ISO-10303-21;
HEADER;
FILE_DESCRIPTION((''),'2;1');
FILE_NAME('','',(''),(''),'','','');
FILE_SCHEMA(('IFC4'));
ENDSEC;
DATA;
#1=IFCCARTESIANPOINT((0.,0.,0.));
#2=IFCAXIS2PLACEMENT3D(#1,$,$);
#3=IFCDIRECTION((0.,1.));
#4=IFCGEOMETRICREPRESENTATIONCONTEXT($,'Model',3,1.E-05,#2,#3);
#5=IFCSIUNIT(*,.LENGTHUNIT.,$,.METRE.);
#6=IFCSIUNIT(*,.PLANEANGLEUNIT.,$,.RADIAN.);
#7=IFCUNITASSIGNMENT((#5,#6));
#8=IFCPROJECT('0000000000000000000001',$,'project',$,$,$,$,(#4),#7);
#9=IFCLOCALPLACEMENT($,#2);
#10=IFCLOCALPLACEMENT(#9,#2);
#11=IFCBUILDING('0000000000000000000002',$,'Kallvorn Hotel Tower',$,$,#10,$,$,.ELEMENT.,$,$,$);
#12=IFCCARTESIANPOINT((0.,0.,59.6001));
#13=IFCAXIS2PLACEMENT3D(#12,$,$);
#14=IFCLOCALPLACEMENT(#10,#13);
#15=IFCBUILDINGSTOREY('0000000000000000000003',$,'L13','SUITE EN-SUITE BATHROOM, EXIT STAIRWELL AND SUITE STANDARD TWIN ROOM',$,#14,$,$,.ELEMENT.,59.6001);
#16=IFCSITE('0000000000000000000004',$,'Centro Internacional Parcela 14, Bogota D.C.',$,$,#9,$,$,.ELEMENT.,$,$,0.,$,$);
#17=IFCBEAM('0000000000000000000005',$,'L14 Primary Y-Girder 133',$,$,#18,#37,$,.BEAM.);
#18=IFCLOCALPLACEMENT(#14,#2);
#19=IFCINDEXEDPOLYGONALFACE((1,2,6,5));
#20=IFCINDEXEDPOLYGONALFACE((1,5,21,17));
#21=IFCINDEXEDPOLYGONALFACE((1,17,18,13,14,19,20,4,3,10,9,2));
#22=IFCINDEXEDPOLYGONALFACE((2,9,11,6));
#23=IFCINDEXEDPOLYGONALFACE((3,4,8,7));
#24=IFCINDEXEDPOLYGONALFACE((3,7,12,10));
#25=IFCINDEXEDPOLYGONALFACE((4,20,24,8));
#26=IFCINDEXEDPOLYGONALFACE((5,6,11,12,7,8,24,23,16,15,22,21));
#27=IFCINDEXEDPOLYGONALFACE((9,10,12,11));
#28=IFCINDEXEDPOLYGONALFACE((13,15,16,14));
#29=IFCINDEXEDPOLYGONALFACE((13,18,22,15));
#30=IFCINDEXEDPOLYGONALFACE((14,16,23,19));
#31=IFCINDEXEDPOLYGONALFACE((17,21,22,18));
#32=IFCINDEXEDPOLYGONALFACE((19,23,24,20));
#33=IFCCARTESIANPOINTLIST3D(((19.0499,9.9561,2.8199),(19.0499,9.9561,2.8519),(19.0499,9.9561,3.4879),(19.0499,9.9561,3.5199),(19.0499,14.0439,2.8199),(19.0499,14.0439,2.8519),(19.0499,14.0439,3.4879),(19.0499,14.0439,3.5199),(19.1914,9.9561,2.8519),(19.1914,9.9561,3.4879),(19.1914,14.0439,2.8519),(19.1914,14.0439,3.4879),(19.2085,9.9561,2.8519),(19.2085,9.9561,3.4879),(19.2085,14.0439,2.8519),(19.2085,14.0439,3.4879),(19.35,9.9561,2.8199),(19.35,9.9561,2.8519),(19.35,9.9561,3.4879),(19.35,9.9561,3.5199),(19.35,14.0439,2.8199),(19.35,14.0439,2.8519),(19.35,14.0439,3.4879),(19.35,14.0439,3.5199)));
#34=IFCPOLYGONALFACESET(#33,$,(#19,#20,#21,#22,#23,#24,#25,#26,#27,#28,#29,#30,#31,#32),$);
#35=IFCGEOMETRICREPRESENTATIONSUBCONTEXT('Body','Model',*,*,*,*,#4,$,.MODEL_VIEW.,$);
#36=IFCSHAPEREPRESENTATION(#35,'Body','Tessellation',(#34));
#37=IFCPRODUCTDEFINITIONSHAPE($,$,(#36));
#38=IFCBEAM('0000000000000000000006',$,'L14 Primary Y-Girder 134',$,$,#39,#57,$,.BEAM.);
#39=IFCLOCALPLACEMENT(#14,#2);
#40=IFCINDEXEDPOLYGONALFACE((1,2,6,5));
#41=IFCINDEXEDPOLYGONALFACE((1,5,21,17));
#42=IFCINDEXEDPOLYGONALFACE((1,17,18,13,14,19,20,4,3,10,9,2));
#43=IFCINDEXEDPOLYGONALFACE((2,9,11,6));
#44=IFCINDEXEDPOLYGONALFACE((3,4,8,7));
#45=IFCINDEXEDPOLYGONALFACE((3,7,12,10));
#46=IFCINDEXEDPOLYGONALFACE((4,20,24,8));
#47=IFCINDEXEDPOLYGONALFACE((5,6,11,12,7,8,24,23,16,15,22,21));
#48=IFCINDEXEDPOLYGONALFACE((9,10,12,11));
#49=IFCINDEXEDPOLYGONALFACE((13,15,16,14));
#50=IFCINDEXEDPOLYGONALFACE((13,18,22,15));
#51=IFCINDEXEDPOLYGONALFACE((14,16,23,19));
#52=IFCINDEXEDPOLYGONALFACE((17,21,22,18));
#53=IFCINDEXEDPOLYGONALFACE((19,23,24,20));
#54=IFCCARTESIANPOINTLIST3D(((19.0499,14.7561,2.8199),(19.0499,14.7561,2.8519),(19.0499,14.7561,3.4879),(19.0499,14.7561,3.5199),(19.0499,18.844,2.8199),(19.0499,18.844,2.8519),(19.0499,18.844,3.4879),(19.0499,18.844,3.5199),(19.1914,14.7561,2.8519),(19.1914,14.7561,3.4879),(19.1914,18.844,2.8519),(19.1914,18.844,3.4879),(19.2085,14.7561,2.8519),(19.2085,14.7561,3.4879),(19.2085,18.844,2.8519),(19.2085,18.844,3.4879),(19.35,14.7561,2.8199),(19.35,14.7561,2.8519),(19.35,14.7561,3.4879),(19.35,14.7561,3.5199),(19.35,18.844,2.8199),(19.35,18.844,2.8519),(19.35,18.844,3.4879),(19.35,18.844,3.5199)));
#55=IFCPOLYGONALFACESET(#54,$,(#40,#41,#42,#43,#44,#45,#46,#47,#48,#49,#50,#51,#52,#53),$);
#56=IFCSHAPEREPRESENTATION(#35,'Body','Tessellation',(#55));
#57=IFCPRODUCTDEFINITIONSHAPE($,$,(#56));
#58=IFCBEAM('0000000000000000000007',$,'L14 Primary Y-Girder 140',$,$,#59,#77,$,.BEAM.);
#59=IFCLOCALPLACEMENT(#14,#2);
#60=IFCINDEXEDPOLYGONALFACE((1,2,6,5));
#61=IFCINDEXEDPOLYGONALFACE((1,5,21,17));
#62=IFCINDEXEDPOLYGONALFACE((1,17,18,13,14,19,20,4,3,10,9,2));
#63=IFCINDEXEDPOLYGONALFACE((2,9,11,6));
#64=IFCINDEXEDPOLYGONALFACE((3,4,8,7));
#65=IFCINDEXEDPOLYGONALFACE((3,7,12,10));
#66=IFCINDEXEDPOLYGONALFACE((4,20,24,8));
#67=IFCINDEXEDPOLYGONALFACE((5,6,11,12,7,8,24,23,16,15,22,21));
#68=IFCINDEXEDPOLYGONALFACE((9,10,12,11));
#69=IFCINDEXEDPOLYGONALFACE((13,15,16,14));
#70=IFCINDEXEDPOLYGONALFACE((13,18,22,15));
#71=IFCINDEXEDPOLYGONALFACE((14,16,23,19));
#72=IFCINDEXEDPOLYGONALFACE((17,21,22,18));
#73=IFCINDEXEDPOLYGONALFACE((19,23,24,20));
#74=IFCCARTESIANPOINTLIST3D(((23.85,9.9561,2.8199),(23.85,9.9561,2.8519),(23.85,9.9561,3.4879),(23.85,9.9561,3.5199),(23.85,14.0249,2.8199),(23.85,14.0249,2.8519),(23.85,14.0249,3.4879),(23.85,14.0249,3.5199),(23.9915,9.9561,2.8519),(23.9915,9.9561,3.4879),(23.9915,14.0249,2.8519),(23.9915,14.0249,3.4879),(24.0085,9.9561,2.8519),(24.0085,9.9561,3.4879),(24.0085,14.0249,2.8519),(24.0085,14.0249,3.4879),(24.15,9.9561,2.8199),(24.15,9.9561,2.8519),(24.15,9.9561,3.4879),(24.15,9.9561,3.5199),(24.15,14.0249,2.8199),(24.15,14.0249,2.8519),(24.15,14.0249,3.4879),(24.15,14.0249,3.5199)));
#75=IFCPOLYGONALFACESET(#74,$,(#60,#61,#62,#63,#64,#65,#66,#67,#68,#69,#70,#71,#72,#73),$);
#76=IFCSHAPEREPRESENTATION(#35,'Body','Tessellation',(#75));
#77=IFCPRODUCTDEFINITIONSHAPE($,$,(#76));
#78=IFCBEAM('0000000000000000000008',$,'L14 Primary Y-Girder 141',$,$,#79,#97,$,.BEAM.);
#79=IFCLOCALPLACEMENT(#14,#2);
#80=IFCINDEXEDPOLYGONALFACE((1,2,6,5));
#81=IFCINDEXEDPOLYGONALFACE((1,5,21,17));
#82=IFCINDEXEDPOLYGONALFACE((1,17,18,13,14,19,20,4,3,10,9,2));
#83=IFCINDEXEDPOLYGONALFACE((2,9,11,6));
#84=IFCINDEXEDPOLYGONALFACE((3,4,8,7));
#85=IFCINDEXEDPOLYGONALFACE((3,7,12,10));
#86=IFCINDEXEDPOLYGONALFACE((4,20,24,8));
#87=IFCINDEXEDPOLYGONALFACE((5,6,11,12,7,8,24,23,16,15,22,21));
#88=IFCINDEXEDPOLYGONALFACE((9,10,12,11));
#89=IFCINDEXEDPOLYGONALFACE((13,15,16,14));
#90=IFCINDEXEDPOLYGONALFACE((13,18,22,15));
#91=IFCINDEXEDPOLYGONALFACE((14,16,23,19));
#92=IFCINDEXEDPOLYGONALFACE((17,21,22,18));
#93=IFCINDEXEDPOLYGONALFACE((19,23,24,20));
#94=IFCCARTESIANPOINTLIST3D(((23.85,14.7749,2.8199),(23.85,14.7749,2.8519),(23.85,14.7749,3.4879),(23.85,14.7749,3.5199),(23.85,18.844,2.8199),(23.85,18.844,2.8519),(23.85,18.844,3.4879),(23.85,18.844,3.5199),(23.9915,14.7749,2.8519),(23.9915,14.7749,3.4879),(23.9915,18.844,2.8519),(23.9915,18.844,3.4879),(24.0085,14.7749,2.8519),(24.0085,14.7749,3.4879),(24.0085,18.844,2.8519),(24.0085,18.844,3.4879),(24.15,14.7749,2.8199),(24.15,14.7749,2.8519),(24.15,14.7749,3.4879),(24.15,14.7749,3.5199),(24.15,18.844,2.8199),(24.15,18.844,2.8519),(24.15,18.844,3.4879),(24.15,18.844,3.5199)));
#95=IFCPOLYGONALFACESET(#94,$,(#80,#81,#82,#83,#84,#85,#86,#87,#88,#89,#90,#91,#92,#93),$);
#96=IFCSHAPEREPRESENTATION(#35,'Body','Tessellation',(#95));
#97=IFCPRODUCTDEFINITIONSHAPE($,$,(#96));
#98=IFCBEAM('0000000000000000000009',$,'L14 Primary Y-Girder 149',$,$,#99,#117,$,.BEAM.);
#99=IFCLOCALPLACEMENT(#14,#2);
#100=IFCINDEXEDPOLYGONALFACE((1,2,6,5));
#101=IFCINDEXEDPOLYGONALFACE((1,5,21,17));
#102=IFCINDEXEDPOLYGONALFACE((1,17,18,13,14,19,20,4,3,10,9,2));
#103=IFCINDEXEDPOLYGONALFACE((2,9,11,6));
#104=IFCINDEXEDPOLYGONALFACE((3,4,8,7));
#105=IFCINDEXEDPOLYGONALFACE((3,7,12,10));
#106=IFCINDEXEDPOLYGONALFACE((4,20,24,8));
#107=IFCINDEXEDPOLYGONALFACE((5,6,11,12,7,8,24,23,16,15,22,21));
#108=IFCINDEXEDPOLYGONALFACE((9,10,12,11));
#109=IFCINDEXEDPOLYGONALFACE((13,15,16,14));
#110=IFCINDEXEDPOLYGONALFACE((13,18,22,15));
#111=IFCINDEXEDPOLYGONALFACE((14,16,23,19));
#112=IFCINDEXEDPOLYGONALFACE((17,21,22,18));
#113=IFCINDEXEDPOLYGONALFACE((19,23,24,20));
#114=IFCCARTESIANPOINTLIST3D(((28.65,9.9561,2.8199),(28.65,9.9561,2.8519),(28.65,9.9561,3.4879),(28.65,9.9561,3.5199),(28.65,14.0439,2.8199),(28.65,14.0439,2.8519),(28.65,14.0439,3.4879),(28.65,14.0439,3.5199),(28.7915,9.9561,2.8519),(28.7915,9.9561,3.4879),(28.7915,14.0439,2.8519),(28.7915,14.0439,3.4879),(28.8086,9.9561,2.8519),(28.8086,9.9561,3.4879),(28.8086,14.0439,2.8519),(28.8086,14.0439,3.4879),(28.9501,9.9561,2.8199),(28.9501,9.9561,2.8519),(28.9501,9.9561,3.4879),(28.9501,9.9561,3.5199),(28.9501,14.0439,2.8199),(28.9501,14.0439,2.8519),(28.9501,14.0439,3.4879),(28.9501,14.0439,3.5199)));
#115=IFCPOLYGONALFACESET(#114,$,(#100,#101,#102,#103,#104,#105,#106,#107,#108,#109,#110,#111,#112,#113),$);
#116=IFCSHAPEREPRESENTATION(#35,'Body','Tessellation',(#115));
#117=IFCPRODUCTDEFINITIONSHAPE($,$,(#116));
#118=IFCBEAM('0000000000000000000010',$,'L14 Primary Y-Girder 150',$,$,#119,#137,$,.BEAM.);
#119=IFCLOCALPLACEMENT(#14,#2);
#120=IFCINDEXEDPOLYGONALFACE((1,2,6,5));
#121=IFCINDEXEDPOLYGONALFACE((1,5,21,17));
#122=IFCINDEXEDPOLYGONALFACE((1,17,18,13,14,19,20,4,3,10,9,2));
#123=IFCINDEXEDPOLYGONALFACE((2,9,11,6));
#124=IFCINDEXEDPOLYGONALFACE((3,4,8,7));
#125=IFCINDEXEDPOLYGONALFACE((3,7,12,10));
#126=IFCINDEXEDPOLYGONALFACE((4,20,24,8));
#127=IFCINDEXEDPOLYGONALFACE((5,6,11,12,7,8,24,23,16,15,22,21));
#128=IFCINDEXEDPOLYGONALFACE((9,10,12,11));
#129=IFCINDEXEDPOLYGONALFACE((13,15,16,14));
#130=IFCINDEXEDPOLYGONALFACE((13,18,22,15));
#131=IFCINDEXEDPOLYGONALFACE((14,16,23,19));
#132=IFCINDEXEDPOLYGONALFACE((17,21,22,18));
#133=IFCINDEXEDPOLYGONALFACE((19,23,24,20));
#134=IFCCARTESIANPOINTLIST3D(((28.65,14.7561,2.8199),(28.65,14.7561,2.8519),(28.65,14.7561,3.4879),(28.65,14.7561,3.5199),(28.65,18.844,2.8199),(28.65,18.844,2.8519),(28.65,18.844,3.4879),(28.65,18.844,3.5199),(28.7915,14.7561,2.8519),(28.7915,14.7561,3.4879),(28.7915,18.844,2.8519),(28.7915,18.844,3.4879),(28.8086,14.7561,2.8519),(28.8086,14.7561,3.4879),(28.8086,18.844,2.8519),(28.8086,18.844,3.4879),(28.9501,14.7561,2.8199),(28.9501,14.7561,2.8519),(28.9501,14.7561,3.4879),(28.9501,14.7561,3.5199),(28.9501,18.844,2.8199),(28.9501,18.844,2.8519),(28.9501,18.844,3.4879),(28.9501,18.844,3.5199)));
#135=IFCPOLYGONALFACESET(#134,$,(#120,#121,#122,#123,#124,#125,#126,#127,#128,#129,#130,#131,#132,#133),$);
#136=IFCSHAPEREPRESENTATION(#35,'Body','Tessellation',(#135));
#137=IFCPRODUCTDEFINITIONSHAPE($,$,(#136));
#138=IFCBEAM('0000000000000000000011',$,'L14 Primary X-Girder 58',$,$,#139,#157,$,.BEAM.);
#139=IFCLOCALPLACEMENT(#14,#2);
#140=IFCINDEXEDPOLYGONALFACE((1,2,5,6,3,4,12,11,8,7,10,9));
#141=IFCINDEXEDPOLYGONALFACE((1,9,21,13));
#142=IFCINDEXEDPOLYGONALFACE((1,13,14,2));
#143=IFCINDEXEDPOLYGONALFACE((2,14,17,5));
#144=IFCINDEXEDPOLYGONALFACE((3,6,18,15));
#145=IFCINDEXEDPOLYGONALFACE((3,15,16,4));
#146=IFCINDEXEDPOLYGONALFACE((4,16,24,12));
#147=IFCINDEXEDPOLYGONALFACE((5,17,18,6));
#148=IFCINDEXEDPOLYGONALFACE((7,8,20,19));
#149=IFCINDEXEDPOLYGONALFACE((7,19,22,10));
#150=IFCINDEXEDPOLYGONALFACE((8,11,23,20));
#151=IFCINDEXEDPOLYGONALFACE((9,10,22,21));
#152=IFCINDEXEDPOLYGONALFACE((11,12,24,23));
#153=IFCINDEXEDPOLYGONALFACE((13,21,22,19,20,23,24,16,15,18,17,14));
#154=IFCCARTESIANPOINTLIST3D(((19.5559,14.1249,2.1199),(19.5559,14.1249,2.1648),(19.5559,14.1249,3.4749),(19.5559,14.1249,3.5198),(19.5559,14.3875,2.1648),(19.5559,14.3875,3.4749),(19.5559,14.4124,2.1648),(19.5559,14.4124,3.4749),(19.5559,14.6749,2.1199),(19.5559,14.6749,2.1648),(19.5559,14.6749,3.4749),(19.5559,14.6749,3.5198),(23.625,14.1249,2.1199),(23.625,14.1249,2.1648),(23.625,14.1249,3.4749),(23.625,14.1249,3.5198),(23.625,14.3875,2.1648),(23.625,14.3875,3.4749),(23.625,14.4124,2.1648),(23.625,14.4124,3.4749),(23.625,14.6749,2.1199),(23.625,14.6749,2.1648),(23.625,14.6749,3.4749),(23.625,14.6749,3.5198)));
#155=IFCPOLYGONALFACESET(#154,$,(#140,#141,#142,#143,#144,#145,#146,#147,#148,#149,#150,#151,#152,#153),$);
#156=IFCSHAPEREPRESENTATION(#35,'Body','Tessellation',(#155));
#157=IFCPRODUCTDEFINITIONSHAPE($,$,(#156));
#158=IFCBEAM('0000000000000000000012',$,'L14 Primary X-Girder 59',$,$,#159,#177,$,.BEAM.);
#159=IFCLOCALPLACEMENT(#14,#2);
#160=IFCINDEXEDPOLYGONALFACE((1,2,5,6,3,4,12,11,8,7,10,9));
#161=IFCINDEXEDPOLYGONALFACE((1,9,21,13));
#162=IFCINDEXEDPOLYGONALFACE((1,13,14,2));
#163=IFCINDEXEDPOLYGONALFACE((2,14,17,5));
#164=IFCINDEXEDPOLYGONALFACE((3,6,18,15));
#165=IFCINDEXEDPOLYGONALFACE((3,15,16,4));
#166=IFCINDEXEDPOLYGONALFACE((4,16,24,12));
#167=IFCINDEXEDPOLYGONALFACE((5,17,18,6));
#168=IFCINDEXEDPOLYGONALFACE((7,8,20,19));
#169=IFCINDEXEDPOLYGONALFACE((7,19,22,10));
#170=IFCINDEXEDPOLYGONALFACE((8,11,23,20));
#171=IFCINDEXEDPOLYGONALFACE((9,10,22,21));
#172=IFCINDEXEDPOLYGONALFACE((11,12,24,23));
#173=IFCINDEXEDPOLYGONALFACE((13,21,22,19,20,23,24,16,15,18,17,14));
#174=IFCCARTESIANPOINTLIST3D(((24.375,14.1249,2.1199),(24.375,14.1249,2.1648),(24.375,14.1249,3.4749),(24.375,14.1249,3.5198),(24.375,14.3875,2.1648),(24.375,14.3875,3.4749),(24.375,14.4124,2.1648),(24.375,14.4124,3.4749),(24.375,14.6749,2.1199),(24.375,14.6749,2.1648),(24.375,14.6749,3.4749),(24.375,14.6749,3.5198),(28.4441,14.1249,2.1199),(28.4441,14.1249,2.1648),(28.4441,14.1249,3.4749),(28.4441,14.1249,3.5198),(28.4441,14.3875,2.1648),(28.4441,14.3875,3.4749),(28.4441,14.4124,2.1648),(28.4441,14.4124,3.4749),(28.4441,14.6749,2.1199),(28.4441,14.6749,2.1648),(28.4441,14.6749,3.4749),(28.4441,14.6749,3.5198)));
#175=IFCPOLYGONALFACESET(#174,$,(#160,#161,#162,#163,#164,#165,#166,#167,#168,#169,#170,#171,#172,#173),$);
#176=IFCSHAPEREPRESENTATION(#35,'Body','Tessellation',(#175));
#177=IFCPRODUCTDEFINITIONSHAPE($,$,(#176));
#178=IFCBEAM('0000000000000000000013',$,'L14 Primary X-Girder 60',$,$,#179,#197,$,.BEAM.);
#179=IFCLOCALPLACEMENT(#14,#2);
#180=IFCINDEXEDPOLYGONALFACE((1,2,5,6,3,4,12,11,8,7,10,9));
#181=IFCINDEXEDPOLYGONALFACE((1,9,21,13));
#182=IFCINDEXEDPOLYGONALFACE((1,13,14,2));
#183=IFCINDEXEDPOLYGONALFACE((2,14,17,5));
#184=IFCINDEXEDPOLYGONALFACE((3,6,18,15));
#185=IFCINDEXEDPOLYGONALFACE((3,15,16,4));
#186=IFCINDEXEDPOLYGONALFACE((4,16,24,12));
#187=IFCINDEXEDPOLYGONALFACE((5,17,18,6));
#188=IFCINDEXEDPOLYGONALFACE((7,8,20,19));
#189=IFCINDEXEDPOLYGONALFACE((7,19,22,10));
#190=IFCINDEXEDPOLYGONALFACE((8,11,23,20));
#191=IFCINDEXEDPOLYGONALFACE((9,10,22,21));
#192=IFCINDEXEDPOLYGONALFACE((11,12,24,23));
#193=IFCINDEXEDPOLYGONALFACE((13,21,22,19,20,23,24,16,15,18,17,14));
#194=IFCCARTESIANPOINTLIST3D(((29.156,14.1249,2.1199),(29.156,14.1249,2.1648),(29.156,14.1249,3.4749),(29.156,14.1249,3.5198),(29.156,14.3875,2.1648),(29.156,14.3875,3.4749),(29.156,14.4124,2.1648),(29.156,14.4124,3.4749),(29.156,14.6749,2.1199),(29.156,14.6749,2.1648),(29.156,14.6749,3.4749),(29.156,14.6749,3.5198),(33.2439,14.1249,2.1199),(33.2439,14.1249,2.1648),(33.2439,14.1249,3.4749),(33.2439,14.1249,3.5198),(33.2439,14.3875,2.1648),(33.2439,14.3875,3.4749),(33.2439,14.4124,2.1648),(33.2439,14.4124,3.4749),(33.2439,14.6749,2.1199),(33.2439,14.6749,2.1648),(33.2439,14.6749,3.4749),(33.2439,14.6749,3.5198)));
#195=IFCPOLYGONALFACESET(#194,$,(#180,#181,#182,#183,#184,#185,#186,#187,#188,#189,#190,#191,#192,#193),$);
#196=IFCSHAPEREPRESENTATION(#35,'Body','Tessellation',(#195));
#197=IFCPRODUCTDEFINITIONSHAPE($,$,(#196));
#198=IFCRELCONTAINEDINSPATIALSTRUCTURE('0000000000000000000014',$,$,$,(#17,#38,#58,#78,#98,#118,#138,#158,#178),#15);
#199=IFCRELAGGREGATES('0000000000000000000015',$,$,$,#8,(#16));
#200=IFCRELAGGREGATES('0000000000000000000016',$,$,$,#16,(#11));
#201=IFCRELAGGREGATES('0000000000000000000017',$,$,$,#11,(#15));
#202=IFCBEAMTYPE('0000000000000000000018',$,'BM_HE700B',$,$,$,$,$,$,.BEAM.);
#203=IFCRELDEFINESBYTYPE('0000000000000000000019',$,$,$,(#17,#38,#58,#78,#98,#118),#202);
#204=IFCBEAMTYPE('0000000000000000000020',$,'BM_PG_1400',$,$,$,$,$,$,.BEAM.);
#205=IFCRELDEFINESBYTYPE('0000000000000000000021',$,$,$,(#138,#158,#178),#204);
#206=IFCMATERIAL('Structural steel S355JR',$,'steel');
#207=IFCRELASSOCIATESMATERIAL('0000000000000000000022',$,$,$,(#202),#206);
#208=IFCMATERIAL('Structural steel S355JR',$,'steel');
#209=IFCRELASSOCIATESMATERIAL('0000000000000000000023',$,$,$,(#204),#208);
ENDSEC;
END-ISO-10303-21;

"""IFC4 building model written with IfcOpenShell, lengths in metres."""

from ifc_helpers import new_model, si_unit, direction, frame, origin, origin_2d, place, context, subcontext, project, spatial, i_section, extrude, material, material_profile, profile_set, type_object, element, save


model = new_model("IFC4")

# Units and contexts
model_context = context("Model", 3, precision=1e-05, world=origin(), true_north=direction((0.0, 1.0)))
body_context = subcontext(model_context, "Body", "Model", "MODEL_VIEW")
ifc_project = project(units=[si_unit("LENGTHUNIT", "METRE"), si_unit("PLANEANGLEUNIT", "RADIAN")], contexts=[model_context])

# Site, building, storey
site_placement = place(None, origin())
site = spatial("IfcSite", under=ifc_project, at=site_placement, Name="Centro Internacional Parcela 14, Bogota D.C.", CompositionType="ELEMENT", RefElevation=0.0)
building_placement = place(site_placement, origin())
building = spatial("IfcBuilding", under=site, at=building_placement, Name="Kallvorn Hotel Tower", CompositionType="ELEMENT")
storey_placement = place(building_placement, frame((0.0, 0.0, 59.6001)))
storey = spatial("IfcBuildingStorey", under=building, at=storey_placement, Name="L13", Description="SUITE EN-SUITE BATHROOM, EXIT STAIRWELL AND SUITE STANDARD TWIN ROOM", CompositionType="ELEMENT", Elevation=59.6001)

# Beams
ifc_material_1 = material(Name="Structural steel S355JR", Category="steel")
ifc_material_profile_1 = material_profile(ifc_material_1, i_section(OverallWidth=0.3, OverallDepth=0.7, WebThickness=0.0171, FlangeThickness=0.032, at=origin_2d()), Name="HE 700 B")
ifc_profile_set_1 = profile_set([ifc_material_profile_1], Name="Structural steel S355JR")
beam_type_1 = type_object("IfcBeamType", Name="BM_HE700B", PredefinedType="BEAM", material=ifc_profile_set_1)
for number, where, z_axis, x_axis, name in (
    (1, (19.2, 9.9561, 3.1699), (0.0, 1.0, 0.0), (-1.0, 0.0, 0.0), "L14 Primary Y-Girder 133"),
    (2, (19.2, 14.7561, 3.1699), (0.0, 1.0, 0.0), (-1.0, 0.0, 0.0), "L14 Primary Y-Girder 134"),
):
    element("IfcBeam", number, at=place(storey_placement, frame(where, z_axis=z_axis, x_axis=x_axis)), inside=storey, type_object=beam_type_1, Name=name, PredefinedType="BEAM", context=body_context, shape_type="SweptSolid", body=[
        extrude(i_section(OverallWidth=0.3, OverallDepth=0.7, WebThickness=0.0171, FlangeThickness=0.032, at=origin_2d()), origin(), (0.0, 0.0, 1.0), 4.0879),
    ])
beam_1_placement = place(storey_placement, frame((24.0, 9.9561, 3.1699), z_axis=(0.0, 1.0, 0.0), x_axis=(-1.0, 0.0, 0.0)))
element("IfcBeam", 3, at=beam_1_placement, inside=storey, type_object=beam_type_1, Name="L14 Primary Y-Girder 140", PredefinedType="BEAM", context=body_context, shape_type="SweptSolid", body=[
    extrude(i_section(OverallWidth=0.3, OverallDepth=0.7, WebThickness=0.0171, FlangeThickness=0.032, at=origin_2d()), origin(), (0.0, 0.0, 1.0), 4.0688),
])
beam_2_placement = place(storey_placement, frame((24.0, 14.7749, 3.1699), z_axis=(0.0, 1.0, 0.0), x_axis=(-1.0, 0.0, 0.0)))
element("IfcBeam", 4, at=beam_2_placement, inside=storey, type_object=beam_type_1, Name="L14 Primary Y-Girder 141", PredefinedType="BEAM", context=body_context, shape_type="SweptSolid", body=[
    extrude(i_section(OverallWidth=0.3, OverallDepth=0.7, WebThickness=0.0171, FlangeThickness=0.032, at=origin_2d()), origin(), (0.0, 0.0, 1.0), 4.0691),
])
for number, where, z_axis, x_axis, name in (
    (5, (28.8, 9.9561, 3.1699), (0.0, 1.0, 0.0), (-1.0, 0.0, 0.0), "L14 Primary Y-Girder 149"),
    (6, (28.8, 14.7561, 3.1699), (0.0, 1.0, 0.0), (-1.0, 0.0, 0.0), "L14 Primary Y-Girder 150"),
):
    element("IfcBeam", number, at=place(storey_placement, frame(where, z_axis=z_axis, x_axis=x_axis)), inside=storey, type_object=beam_type_1, Name=name, PredefinedType="BEAM", context=body_context, shape_type="SweptSolid", body=[
        extrude(i_section(OverallWidth=0.3, OverallDepth=0.7, WebThickness=0.0171, FlangeThickness=0.032, at=origin_2d()), origin(), (0.0, 0.0, 1.0), 4.0879),
    ])
ifc_material_2 = material(Name="Structural steel S355JR", Category="steel")
ifc_material_profile_2 = material_profile(ifc_material_2, i_section(OverallWidth=0.55, OverallDepth=1.3999, WebThickness=0.0249, FlangeThickness=0.0449, at=origin_2d()), Name="PG 1400x550x25x45")
ifc_profile_set_2 = profile_set([ifc_material_profile_2], Name="Structural steel S355JR")
beam_type_2 = type_object("IfcBeamType", Name="BM_PG_1400", PredefinedType="BEAM", material=ifc_profile_set_2)
for number, where, z_axis, x_axis, name in (
    (7, (19.5559, 14.3999, 2.8198), (1.0, 0.0, 0.0), (0.0, 1.0, 0.0), "L14 Primary X-Girder 58"),
    (8, (24.375, 14.3999, 2.8198), (1.0, 0.0, 0.0), (0.0, 1.0, 0.0), "L14 Primary X-Girder 59"),
):
    element("IfcBeam", number, at=place(storey_placement, frame(where, z_axis=z_axis, x_axis=x_axis)), inside=storey, type_object=beam_type_2, Name=name, PredefinedType="BEAM", context=body_context, shape_type="SweptSolid", body=[
        extrude(i_section(OverallWidth=0.55, OverallDepth=1.3999, WebThickness=0.0249, FlangeThickness=0.0449, at=origin_2d()), origin(), (0.0, 0.0, 1.0), 4.0691),
    ])
beam_3_placement = place(storey_placement, frame((29.156, 14.3999, 2.8198), z_axis=(1.0, 0.0, 0.0), x_axis=(0.0, 1.0, 0.0)))
element("IfcBeam", 9, at=beam_3_placement, inside=storey, type_object=beam_type_2, Name="L14 Primary X-Girder 60", PredefinedType="BEAM", context=body_context, shape_type="SweptSolid", body=[
    extrude(i_section(OverallWidth=0.55, OverallDepth=1.3999, WebThickness=0.0249, FlangeThickness=0.0449, at=origin_2d()), origin(), (0.0, 0.0, 1.0), 4.0879),
])

save(model, "model.ifc")
